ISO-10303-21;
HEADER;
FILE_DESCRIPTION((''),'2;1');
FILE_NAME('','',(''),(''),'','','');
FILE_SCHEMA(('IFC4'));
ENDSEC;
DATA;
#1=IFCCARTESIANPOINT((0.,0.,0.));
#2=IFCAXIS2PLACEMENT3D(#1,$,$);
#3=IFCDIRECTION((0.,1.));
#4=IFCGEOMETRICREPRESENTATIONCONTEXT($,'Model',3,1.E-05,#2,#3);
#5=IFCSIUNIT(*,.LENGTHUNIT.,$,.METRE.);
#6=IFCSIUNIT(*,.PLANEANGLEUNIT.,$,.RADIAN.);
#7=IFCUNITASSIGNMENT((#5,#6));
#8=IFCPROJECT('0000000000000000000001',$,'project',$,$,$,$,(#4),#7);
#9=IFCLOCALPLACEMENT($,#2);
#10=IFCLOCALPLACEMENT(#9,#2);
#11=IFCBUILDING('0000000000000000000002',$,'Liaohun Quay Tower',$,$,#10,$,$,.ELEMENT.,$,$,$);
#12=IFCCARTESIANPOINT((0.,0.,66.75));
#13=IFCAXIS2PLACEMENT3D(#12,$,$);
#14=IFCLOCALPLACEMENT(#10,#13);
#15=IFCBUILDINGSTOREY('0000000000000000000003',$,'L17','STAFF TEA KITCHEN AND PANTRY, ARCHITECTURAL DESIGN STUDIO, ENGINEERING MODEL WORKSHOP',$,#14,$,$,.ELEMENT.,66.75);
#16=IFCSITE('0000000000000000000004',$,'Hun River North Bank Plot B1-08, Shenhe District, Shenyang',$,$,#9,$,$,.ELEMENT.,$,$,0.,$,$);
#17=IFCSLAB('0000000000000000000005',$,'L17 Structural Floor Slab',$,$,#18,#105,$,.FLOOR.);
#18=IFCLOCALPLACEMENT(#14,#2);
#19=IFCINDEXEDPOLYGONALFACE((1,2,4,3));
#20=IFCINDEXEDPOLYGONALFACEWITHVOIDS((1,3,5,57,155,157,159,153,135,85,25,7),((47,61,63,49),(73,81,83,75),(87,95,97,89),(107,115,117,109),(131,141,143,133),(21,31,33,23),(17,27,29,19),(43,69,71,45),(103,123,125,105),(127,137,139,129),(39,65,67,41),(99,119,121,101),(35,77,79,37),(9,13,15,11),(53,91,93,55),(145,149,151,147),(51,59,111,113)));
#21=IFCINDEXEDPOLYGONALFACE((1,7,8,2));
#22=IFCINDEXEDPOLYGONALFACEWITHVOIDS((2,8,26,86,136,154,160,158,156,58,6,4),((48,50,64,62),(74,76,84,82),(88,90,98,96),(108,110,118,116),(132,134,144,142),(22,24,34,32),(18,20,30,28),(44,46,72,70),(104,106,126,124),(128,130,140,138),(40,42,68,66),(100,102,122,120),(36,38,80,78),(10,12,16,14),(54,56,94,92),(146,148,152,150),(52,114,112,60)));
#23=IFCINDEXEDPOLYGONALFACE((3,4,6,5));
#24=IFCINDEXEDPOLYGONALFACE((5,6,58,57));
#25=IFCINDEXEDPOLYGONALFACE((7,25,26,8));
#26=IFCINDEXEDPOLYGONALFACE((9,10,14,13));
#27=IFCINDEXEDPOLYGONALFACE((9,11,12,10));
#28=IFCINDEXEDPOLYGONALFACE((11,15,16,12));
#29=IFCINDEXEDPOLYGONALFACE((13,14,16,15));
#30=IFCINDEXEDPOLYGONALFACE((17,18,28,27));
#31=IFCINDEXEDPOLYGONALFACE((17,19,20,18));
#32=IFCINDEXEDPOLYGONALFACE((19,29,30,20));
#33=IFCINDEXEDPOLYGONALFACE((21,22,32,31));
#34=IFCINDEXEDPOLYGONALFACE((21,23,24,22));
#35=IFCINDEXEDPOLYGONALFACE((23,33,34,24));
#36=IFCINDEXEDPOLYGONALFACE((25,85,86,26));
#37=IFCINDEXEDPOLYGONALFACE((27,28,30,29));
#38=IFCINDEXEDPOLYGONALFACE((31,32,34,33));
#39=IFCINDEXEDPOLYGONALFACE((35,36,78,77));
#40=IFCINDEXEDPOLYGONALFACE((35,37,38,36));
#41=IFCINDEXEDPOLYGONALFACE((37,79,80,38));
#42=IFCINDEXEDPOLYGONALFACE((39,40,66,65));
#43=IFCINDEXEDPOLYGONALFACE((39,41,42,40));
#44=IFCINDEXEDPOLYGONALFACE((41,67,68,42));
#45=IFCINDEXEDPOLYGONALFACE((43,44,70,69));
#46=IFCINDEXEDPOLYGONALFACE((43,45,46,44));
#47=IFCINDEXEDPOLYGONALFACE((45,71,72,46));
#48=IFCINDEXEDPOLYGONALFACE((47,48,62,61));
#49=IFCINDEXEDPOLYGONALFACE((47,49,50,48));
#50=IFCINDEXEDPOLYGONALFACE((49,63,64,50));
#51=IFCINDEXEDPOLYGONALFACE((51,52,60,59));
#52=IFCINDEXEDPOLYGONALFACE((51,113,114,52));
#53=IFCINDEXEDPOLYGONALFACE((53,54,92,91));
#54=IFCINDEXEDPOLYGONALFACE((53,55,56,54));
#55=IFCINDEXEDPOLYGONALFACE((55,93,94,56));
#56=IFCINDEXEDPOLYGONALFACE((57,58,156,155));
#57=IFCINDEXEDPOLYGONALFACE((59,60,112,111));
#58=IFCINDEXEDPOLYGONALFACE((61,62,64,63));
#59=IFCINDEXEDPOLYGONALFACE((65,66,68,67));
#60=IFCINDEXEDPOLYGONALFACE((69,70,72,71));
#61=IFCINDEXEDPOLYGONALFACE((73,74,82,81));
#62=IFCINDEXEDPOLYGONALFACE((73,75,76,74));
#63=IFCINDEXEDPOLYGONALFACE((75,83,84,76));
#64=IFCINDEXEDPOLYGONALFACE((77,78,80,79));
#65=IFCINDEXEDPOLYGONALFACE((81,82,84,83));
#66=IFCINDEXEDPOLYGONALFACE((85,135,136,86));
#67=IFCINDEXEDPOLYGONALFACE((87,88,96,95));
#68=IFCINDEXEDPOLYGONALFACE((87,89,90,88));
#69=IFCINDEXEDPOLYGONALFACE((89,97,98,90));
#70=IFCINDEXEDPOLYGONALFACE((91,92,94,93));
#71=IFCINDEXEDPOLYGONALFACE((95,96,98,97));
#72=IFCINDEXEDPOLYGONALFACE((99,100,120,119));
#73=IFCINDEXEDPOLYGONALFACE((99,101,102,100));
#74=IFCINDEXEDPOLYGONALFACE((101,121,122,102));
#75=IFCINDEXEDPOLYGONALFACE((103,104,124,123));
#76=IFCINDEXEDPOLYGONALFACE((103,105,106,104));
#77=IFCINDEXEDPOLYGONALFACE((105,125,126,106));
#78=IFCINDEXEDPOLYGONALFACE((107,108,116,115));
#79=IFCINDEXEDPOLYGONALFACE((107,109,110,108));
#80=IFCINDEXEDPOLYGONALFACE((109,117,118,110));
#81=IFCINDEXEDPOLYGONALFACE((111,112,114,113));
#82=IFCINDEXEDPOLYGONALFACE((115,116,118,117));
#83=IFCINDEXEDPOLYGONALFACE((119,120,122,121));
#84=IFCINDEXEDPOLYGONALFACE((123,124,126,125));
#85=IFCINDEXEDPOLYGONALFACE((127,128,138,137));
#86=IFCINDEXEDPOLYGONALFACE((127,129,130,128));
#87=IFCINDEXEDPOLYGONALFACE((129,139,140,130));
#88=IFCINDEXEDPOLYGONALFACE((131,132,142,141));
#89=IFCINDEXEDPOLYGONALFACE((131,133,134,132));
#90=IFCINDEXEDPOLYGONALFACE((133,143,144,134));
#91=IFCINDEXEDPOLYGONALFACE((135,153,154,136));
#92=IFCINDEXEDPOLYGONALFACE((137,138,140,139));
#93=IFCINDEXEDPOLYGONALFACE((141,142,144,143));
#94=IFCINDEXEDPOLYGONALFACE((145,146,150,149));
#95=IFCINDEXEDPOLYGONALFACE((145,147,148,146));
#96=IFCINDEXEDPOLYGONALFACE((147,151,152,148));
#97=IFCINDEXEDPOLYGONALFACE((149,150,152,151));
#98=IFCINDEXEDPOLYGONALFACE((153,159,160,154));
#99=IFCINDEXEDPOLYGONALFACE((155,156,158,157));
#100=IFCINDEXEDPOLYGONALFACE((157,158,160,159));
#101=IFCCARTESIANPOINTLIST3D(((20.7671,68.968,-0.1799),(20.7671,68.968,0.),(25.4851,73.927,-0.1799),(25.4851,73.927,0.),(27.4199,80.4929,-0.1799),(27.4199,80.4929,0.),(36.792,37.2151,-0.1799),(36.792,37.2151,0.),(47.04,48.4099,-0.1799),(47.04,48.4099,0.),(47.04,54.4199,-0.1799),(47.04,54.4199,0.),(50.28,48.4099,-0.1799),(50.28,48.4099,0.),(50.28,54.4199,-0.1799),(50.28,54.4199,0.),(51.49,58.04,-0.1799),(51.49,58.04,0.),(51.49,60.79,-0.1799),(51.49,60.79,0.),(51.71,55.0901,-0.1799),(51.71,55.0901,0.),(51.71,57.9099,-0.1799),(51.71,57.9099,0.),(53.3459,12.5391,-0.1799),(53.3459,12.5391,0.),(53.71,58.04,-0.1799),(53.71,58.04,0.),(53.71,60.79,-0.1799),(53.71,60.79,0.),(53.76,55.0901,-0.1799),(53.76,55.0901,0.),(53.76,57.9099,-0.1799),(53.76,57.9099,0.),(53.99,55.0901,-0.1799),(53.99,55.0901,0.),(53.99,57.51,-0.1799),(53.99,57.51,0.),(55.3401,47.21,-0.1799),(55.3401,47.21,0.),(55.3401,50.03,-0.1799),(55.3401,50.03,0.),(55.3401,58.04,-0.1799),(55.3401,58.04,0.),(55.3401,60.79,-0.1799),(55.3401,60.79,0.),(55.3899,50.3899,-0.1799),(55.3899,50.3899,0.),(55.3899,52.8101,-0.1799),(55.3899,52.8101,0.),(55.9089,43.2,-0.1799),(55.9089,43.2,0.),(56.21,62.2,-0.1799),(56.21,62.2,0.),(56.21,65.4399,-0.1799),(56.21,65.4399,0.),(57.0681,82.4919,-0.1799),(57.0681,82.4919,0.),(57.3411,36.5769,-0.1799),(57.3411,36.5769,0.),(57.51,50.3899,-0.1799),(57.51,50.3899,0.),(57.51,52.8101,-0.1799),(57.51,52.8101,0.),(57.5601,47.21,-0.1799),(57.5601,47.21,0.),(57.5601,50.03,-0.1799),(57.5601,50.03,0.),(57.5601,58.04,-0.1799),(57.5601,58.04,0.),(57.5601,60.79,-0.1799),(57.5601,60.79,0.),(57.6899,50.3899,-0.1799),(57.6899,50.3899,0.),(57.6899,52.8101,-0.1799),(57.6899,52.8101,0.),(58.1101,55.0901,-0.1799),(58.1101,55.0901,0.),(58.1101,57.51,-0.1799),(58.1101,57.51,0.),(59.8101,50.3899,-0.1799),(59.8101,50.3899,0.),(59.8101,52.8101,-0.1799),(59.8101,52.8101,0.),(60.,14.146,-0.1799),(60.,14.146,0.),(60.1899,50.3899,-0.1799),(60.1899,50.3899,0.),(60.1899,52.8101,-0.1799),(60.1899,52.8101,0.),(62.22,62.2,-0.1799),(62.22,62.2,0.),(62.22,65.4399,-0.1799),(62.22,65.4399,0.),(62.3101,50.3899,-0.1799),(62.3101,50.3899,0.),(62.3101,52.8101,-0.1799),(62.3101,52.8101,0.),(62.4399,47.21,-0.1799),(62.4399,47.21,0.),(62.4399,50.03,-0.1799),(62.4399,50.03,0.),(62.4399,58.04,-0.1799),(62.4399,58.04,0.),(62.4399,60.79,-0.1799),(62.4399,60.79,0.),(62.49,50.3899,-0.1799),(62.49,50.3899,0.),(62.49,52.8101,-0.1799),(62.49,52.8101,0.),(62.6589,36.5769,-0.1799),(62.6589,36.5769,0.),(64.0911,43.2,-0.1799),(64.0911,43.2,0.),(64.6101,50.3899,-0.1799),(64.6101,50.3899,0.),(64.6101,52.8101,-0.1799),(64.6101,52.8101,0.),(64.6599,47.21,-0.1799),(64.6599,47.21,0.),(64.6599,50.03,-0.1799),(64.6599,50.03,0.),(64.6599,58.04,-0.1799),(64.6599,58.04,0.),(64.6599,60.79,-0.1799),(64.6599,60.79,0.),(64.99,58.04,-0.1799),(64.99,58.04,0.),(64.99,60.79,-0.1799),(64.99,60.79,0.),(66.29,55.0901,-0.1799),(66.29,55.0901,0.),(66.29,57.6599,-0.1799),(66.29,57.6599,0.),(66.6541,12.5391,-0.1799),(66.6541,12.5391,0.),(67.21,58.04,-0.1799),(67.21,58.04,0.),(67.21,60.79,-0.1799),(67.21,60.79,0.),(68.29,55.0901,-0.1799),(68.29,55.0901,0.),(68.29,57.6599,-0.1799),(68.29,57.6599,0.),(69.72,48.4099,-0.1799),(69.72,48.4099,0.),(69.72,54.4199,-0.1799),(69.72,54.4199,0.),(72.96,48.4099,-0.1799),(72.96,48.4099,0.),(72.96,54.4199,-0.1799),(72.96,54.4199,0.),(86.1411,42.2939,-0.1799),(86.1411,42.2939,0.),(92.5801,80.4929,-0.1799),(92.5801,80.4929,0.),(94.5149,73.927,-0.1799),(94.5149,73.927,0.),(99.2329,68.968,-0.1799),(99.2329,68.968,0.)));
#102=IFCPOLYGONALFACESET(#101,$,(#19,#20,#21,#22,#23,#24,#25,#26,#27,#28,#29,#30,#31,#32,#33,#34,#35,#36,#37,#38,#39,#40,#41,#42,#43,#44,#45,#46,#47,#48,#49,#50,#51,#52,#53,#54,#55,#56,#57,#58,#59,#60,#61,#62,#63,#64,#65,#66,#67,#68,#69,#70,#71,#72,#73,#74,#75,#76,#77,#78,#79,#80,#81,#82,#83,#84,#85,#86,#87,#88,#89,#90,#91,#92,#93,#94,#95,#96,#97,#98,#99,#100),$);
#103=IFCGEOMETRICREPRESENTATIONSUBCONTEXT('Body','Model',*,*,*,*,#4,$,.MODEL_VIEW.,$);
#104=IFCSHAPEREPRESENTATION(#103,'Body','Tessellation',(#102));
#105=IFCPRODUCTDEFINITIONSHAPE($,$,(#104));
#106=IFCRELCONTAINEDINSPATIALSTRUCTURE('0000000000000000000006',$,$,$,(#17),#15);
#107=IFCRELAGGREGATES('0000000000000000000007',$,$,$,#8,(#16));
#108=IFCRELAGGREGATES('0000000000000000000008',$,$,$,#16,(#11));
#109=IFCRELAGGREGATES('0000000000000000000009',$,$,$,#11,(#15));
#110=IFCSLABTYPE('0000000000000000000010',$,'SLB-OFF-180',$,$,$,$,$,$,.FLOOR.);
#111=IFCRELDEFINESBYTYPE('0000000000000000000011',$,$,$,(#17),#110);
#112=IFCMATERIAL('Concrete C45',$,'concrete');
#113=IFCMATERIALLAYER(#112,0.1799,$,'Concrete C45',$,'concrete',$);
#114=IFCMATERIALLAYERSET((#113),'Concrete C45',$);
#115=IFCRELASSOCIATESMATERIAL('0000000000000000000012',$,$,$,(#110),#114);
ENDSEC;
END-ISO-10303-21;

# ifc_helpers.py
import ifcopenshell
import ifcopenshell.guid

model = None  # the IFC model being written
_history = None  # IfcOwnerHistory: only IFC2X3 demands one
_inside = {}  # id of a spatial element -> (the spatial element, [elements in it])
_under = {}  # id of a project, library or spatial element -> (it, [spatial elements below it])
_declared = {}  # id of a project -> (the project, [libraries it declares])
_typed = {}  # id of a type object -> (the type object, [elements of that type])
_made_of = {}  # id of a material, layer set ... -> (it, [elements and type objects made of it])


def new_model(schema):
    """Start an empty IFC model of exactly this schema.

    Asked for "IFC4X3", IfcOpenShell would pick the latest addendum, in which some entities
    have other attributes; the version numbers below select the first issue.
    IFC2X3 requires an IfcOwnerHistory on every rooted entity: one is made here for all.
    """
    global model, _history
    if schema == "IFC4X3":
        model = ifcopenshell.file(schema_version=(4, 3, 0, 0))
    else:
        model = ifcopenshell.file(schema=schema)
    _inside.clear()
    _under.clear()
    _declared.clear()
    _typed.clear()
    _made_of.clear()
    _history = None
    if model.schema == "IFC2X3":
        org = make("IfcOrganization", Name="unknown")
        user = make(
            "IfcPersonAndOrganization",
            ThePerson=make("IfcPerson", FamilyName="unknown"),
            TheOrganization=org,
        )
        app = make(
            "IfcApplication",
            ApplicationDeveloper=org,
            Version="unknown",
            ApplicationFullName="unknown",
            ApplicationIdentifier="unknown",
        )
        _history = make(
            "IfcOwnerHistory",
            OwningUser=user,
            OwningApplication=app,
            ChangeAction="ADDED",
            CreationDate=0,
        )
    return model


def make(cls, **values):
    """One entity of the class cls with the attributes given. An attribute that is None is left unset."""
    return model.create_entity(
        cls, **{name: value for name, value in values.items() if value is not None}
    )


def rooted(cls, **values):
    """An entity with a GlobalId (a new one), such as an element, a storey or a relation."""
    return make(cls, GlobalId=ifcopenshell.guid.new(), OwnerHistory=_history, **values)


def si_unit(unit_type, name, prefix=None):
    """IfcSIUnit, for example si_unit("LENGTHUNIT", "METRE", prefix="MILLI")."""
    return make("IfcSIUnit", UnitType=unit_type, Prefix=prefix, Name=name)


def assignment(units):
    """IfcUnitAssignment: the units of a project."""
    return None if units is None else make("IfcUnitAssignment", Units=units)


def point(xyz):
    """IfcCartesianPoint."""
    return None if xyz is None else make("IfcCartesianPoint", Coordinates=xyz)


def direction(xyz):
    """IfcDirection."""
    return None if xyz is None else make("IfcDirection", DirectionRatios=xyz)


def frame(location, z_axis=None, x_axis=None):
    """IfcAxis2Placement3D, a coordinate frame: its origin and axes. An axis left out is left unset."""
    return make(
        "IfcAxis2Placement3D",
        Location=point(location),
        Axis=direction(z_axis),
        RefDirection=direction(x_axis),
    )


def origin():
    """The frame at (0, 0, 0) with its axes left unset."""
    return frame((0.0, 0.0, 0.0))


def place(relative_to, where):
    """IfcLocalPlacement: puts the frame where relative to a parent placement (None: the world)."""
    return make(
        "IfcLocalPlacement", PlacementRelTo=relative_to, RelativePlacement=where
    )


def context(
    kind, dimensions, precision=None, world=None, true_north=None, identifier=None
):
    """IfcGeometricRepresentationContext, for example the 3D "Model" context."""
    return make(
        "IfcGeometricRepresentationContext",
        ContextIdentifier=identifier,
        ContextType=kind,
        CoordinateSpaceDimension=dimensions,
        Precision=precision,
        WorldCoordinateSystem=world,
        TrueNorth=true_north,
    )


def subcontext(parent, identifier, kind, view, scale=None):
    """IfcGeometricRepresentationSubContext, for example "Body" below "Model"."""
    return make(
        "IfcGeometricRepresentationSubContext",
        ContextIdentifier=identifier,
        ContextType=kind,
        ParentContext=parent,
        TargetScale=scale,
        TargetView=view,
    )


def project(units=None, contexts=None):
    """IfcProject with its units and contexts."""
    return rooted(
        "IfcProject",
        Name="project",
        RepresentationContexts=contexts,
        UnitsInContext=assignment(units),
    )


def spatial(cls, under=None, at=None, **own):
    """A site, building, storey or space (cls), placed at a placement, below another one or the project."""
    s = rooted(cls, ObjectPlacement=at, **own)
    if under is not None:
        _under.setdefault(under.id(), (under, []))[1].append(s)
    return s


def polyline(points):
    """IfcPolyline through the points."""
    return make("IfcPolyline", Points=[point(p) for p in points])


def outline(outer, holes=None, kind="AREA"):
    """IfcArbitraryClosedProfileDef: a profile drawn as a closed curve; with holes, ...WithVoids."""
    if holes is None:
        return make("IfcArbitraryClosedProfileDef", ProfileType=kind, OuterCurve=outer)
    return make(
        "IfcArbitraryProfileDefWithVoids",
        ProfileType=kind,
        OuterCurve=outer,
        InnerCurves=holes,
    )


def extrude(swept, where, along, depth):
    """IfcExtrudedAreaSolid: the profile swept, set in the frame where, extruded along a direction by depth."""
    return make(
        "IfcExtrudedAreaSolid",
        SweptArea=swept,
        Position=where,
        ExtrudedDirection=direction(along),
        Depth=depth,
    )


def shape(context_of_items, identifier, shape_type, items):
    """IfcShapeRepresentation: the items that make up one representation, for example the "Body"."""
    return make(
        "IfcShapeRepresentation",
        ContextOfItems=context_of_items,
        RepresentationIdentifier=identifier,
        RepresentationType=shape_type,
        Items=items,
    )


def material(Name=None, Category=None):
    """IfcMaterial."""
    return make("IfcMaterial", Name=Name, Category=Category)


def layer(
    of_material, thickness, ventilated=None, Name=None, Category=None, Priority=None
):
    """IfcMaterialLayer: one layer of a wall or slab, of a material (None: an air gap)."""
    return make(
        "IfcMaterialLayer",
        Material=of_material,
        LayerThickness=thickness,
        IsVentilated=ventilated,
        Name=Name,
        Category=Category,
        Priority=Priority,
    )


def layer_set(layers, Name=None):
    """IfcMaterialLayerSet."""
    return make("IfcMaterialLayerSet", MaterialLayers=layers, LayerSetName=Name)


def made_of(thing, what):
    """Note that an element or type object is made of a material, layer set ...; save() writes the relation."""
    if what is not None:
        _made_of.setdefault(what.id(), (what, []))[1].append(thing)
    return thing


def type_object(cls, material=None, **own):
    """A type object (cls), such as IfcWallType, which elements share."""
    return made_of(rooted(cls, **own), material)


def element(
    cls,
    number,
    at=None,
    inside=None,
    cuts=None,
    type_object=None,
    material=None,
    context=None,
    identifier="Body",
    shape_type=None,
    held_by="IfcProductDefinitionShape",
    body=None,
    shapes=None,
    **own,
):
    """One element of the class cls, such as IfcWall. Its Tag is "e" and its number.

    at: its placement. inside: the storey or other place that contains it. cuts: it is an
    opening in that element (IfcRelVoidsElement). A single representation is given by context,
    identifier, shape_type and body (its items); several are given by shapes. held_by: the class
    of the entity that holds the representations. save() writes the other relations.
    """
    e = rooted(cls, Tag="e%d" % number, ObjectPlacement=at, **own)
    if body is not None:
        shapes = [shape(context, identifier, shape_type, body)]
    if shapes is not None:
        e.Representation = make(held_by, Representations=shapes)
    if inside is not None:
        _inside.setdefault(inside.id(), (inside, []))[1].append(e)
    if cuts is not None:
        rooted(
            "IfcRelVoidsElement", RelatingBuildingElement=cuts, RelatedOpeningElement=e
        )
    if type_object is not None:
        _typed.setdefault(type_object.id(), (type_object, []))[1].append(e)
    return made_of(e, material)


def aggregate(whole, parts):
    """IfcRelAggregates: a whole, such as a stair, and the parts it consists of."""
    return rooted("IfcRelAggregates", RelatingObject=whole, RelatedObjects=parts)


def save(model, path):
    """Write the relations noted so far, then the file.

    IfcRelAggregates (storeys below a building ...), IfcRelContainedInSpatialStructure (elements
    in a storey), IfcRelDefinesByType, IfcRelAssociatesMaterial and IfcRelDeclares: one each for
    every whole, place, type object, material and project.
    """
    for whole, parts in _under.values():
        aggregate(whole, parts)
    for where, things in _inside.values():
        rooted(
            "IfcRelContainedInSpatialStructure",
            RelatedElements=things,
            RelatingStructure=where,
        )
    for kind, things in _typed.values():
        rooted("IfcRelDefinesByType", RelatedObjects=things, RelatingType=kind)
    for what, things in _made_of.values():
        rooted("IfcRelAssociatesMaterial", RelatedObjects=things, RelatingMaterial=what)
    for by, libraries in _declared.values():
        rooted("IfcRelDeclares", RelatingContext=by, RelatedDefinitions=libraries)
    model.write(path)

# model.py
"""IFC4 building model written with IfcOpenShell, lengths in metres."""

from ifc_helpers import new_model, si_unit, direction, frame, origin, place, context, subcontext, project, spatial, polyline, outline, extrude, material, layer, layer_set, type_object, element, save


model = new_model("IFC4")

# Units and contexts
model_context = context("Model", 3, precision=1e-05, world=origin(), true_north=direction((0.0, 1.0)))
body_context = subcontext(model_context, "Body", "Model", "MODEL_VIEW")
ifc_project = project(units=[si_unit("LENGTHUNIT", "METRE"), si_unit("PLANEANGLEUNIT", "RADIAN")], contexts=[model_context])

# Site, building, storey
site_placement = place(None, origin())
site = spatial("IfcSite", under=ifc_project, at=site_placement, Name="Hun River North Bank Plot B1-08, Shenhe District, Shenyang", CompositionType="ELEMENT", RefElevation=0.0)
building_placement = place(site_placement, origin())
building = spatial("IfcBuilding", under=site, at=building_placement, Name="Liaohun Quay Tower", CompositionType="ELEMENT")
storey_placement = place(building_placement, frame((0.0, 0.0, 66.75)))
storey = spatial("IfcBuildingStorey", under=building, at=storey_placement, Name="L17", Description="STAFF TEA KITCHEN AND PANTRY, ARCHITECTURAL DESIGN STUDIO, ENGINEERING MODEL WORKSHOP", CompositionType="ELEMENT", Elevation=66.75)

# Shared definitions
ifc_material_1 = material(Name="Concrete C45", Category="concrete")

# Slab
ifc_layer_1 = layer(ifc_material_1, 0.1799, Name="Concrete C45", Category="concrete")
ifc_layer_set_1 = layer_set([ifc_layer_1], Name="Concrete C45")
slab_type_1 = type_object("IfcSlabType", Name="SLB-OFF-180", PredefinedType="FLOOR", material=ifc_layer_set_1)
slab_1_placement = place(storey_placement, frame((0.0, 0.0, -0.1799)))
element("IfcSlab", 1, at=slab_1_placement, inside=storey, type_object=slab_type_1, Name="L17 Structural Floor Slab", PredefinedType="FLOOR", context=body_context, shape_type="SweptSolid", body=[
    extrude(outline(polyline([(53.3459, 12.5391), (60.0, 14.146), (66.6541, 12.5391), (86.1411, 42.2939), (99.2329, 68.968), (94.5149, 73.927), (92.5801, 80.4929), (57.0681, 82.4919), (27.4199, 80.4929), (25.4851, 73.927), (20.7671, 68.968), (36.792, 37.2151), (53.3459, 12.5391)]), holes=[polyline([(57.5601, 47.21), (57.5601, 50.03), (55.3401, 50.03), (55.3401, 47.21), (57.5601, 47.21)]), polyline([(50.28, 54.4199), (47.04, 54.4199), (47.04, 48.4099), (50.28, 48.4099), (50.28, 54.4199)]), polyline([(57.51, 50.3899), (57.51, 52.8101), (55.3899, 52.8101), (55.3899, 50.3899), (57.51, 50.3899)]), polyline([(59.8101, 50.3899), (59.8101, 52.8101), (57.6899, 52.8101), (57.6899, 50.3899), (59.8101, 50.3899)]), polyline([(58.1101, 57.51), (53.99, 57.51), (53.99, 55.0901), (58.1101, 55.0901), (58.1101, 57.51)]), polyline([(53.76, 55.0901), (53.76, 57.9099), (51.71, 57.9099), (51.71, 55.0901), (53.76, 55.0901)]), polyline([(51.49, 58.04), (53.71, 58.04), (53.71, 60.79), (51.49, 60.79), (51.49, 58.04)]), polyline([(55.3401, 58.04), (57.5601, 58.04), (57.5601, 60.79), (55.3401, 60.79), (55.3401, 58.04)]), polyline([(62.6589, 36.5769), (64.0911, 43.2), (55.9089, 43.2), (57.3411, 36.5769), (62.6589, 36.5769)]), polyline([(64.6599, 47.21), (64.6599, 50.03), (62.4399, 50.03), (62.4399, 47.21), (64.6599, 47.21)]), polyline([(72.96, 54.4199), (69.72, 54.4199), (69.72, 48.4099), (72.96, 48.4099), (72.96, 54.4199)]), polyline([(62.3101, 50.3899), (62.3101, 52.8101), (60.1899, 52.8101), (60.1899, 50.3899), (62.3101, 50.3899)]), polyline([(64.6101, 50.3899), (64.6101, 52.8101), (62.49, 52.8101), (62.49, 50.3899), (64.6101, 50.3899)]), polyline([(68.29, 55.0901), (68.29, 57.6599), (66.29, 57.6599), (66.29, 55.0901), (68.29, 55.0901)]), polyline([(64.6599, 58.04), (64.6599, 60.79), (62.4399, 60.79), (62.4399, 58.04), (64.6599, 58.04)]), polyline([(64.99, 58.04), (67.21, 58.04), (67.21, 60.79), (64.99, 60.79), (64.99, 58.04)]), polyline([(56.21, 62.2), (62.22, 62.2), (62.22, 65.4399), (56.21, 65.4399), (56.21, 62.2)])]), origin(), (0.0, 0.0, 1.0), 0.1799),
])

save(model, "model.ifc")
